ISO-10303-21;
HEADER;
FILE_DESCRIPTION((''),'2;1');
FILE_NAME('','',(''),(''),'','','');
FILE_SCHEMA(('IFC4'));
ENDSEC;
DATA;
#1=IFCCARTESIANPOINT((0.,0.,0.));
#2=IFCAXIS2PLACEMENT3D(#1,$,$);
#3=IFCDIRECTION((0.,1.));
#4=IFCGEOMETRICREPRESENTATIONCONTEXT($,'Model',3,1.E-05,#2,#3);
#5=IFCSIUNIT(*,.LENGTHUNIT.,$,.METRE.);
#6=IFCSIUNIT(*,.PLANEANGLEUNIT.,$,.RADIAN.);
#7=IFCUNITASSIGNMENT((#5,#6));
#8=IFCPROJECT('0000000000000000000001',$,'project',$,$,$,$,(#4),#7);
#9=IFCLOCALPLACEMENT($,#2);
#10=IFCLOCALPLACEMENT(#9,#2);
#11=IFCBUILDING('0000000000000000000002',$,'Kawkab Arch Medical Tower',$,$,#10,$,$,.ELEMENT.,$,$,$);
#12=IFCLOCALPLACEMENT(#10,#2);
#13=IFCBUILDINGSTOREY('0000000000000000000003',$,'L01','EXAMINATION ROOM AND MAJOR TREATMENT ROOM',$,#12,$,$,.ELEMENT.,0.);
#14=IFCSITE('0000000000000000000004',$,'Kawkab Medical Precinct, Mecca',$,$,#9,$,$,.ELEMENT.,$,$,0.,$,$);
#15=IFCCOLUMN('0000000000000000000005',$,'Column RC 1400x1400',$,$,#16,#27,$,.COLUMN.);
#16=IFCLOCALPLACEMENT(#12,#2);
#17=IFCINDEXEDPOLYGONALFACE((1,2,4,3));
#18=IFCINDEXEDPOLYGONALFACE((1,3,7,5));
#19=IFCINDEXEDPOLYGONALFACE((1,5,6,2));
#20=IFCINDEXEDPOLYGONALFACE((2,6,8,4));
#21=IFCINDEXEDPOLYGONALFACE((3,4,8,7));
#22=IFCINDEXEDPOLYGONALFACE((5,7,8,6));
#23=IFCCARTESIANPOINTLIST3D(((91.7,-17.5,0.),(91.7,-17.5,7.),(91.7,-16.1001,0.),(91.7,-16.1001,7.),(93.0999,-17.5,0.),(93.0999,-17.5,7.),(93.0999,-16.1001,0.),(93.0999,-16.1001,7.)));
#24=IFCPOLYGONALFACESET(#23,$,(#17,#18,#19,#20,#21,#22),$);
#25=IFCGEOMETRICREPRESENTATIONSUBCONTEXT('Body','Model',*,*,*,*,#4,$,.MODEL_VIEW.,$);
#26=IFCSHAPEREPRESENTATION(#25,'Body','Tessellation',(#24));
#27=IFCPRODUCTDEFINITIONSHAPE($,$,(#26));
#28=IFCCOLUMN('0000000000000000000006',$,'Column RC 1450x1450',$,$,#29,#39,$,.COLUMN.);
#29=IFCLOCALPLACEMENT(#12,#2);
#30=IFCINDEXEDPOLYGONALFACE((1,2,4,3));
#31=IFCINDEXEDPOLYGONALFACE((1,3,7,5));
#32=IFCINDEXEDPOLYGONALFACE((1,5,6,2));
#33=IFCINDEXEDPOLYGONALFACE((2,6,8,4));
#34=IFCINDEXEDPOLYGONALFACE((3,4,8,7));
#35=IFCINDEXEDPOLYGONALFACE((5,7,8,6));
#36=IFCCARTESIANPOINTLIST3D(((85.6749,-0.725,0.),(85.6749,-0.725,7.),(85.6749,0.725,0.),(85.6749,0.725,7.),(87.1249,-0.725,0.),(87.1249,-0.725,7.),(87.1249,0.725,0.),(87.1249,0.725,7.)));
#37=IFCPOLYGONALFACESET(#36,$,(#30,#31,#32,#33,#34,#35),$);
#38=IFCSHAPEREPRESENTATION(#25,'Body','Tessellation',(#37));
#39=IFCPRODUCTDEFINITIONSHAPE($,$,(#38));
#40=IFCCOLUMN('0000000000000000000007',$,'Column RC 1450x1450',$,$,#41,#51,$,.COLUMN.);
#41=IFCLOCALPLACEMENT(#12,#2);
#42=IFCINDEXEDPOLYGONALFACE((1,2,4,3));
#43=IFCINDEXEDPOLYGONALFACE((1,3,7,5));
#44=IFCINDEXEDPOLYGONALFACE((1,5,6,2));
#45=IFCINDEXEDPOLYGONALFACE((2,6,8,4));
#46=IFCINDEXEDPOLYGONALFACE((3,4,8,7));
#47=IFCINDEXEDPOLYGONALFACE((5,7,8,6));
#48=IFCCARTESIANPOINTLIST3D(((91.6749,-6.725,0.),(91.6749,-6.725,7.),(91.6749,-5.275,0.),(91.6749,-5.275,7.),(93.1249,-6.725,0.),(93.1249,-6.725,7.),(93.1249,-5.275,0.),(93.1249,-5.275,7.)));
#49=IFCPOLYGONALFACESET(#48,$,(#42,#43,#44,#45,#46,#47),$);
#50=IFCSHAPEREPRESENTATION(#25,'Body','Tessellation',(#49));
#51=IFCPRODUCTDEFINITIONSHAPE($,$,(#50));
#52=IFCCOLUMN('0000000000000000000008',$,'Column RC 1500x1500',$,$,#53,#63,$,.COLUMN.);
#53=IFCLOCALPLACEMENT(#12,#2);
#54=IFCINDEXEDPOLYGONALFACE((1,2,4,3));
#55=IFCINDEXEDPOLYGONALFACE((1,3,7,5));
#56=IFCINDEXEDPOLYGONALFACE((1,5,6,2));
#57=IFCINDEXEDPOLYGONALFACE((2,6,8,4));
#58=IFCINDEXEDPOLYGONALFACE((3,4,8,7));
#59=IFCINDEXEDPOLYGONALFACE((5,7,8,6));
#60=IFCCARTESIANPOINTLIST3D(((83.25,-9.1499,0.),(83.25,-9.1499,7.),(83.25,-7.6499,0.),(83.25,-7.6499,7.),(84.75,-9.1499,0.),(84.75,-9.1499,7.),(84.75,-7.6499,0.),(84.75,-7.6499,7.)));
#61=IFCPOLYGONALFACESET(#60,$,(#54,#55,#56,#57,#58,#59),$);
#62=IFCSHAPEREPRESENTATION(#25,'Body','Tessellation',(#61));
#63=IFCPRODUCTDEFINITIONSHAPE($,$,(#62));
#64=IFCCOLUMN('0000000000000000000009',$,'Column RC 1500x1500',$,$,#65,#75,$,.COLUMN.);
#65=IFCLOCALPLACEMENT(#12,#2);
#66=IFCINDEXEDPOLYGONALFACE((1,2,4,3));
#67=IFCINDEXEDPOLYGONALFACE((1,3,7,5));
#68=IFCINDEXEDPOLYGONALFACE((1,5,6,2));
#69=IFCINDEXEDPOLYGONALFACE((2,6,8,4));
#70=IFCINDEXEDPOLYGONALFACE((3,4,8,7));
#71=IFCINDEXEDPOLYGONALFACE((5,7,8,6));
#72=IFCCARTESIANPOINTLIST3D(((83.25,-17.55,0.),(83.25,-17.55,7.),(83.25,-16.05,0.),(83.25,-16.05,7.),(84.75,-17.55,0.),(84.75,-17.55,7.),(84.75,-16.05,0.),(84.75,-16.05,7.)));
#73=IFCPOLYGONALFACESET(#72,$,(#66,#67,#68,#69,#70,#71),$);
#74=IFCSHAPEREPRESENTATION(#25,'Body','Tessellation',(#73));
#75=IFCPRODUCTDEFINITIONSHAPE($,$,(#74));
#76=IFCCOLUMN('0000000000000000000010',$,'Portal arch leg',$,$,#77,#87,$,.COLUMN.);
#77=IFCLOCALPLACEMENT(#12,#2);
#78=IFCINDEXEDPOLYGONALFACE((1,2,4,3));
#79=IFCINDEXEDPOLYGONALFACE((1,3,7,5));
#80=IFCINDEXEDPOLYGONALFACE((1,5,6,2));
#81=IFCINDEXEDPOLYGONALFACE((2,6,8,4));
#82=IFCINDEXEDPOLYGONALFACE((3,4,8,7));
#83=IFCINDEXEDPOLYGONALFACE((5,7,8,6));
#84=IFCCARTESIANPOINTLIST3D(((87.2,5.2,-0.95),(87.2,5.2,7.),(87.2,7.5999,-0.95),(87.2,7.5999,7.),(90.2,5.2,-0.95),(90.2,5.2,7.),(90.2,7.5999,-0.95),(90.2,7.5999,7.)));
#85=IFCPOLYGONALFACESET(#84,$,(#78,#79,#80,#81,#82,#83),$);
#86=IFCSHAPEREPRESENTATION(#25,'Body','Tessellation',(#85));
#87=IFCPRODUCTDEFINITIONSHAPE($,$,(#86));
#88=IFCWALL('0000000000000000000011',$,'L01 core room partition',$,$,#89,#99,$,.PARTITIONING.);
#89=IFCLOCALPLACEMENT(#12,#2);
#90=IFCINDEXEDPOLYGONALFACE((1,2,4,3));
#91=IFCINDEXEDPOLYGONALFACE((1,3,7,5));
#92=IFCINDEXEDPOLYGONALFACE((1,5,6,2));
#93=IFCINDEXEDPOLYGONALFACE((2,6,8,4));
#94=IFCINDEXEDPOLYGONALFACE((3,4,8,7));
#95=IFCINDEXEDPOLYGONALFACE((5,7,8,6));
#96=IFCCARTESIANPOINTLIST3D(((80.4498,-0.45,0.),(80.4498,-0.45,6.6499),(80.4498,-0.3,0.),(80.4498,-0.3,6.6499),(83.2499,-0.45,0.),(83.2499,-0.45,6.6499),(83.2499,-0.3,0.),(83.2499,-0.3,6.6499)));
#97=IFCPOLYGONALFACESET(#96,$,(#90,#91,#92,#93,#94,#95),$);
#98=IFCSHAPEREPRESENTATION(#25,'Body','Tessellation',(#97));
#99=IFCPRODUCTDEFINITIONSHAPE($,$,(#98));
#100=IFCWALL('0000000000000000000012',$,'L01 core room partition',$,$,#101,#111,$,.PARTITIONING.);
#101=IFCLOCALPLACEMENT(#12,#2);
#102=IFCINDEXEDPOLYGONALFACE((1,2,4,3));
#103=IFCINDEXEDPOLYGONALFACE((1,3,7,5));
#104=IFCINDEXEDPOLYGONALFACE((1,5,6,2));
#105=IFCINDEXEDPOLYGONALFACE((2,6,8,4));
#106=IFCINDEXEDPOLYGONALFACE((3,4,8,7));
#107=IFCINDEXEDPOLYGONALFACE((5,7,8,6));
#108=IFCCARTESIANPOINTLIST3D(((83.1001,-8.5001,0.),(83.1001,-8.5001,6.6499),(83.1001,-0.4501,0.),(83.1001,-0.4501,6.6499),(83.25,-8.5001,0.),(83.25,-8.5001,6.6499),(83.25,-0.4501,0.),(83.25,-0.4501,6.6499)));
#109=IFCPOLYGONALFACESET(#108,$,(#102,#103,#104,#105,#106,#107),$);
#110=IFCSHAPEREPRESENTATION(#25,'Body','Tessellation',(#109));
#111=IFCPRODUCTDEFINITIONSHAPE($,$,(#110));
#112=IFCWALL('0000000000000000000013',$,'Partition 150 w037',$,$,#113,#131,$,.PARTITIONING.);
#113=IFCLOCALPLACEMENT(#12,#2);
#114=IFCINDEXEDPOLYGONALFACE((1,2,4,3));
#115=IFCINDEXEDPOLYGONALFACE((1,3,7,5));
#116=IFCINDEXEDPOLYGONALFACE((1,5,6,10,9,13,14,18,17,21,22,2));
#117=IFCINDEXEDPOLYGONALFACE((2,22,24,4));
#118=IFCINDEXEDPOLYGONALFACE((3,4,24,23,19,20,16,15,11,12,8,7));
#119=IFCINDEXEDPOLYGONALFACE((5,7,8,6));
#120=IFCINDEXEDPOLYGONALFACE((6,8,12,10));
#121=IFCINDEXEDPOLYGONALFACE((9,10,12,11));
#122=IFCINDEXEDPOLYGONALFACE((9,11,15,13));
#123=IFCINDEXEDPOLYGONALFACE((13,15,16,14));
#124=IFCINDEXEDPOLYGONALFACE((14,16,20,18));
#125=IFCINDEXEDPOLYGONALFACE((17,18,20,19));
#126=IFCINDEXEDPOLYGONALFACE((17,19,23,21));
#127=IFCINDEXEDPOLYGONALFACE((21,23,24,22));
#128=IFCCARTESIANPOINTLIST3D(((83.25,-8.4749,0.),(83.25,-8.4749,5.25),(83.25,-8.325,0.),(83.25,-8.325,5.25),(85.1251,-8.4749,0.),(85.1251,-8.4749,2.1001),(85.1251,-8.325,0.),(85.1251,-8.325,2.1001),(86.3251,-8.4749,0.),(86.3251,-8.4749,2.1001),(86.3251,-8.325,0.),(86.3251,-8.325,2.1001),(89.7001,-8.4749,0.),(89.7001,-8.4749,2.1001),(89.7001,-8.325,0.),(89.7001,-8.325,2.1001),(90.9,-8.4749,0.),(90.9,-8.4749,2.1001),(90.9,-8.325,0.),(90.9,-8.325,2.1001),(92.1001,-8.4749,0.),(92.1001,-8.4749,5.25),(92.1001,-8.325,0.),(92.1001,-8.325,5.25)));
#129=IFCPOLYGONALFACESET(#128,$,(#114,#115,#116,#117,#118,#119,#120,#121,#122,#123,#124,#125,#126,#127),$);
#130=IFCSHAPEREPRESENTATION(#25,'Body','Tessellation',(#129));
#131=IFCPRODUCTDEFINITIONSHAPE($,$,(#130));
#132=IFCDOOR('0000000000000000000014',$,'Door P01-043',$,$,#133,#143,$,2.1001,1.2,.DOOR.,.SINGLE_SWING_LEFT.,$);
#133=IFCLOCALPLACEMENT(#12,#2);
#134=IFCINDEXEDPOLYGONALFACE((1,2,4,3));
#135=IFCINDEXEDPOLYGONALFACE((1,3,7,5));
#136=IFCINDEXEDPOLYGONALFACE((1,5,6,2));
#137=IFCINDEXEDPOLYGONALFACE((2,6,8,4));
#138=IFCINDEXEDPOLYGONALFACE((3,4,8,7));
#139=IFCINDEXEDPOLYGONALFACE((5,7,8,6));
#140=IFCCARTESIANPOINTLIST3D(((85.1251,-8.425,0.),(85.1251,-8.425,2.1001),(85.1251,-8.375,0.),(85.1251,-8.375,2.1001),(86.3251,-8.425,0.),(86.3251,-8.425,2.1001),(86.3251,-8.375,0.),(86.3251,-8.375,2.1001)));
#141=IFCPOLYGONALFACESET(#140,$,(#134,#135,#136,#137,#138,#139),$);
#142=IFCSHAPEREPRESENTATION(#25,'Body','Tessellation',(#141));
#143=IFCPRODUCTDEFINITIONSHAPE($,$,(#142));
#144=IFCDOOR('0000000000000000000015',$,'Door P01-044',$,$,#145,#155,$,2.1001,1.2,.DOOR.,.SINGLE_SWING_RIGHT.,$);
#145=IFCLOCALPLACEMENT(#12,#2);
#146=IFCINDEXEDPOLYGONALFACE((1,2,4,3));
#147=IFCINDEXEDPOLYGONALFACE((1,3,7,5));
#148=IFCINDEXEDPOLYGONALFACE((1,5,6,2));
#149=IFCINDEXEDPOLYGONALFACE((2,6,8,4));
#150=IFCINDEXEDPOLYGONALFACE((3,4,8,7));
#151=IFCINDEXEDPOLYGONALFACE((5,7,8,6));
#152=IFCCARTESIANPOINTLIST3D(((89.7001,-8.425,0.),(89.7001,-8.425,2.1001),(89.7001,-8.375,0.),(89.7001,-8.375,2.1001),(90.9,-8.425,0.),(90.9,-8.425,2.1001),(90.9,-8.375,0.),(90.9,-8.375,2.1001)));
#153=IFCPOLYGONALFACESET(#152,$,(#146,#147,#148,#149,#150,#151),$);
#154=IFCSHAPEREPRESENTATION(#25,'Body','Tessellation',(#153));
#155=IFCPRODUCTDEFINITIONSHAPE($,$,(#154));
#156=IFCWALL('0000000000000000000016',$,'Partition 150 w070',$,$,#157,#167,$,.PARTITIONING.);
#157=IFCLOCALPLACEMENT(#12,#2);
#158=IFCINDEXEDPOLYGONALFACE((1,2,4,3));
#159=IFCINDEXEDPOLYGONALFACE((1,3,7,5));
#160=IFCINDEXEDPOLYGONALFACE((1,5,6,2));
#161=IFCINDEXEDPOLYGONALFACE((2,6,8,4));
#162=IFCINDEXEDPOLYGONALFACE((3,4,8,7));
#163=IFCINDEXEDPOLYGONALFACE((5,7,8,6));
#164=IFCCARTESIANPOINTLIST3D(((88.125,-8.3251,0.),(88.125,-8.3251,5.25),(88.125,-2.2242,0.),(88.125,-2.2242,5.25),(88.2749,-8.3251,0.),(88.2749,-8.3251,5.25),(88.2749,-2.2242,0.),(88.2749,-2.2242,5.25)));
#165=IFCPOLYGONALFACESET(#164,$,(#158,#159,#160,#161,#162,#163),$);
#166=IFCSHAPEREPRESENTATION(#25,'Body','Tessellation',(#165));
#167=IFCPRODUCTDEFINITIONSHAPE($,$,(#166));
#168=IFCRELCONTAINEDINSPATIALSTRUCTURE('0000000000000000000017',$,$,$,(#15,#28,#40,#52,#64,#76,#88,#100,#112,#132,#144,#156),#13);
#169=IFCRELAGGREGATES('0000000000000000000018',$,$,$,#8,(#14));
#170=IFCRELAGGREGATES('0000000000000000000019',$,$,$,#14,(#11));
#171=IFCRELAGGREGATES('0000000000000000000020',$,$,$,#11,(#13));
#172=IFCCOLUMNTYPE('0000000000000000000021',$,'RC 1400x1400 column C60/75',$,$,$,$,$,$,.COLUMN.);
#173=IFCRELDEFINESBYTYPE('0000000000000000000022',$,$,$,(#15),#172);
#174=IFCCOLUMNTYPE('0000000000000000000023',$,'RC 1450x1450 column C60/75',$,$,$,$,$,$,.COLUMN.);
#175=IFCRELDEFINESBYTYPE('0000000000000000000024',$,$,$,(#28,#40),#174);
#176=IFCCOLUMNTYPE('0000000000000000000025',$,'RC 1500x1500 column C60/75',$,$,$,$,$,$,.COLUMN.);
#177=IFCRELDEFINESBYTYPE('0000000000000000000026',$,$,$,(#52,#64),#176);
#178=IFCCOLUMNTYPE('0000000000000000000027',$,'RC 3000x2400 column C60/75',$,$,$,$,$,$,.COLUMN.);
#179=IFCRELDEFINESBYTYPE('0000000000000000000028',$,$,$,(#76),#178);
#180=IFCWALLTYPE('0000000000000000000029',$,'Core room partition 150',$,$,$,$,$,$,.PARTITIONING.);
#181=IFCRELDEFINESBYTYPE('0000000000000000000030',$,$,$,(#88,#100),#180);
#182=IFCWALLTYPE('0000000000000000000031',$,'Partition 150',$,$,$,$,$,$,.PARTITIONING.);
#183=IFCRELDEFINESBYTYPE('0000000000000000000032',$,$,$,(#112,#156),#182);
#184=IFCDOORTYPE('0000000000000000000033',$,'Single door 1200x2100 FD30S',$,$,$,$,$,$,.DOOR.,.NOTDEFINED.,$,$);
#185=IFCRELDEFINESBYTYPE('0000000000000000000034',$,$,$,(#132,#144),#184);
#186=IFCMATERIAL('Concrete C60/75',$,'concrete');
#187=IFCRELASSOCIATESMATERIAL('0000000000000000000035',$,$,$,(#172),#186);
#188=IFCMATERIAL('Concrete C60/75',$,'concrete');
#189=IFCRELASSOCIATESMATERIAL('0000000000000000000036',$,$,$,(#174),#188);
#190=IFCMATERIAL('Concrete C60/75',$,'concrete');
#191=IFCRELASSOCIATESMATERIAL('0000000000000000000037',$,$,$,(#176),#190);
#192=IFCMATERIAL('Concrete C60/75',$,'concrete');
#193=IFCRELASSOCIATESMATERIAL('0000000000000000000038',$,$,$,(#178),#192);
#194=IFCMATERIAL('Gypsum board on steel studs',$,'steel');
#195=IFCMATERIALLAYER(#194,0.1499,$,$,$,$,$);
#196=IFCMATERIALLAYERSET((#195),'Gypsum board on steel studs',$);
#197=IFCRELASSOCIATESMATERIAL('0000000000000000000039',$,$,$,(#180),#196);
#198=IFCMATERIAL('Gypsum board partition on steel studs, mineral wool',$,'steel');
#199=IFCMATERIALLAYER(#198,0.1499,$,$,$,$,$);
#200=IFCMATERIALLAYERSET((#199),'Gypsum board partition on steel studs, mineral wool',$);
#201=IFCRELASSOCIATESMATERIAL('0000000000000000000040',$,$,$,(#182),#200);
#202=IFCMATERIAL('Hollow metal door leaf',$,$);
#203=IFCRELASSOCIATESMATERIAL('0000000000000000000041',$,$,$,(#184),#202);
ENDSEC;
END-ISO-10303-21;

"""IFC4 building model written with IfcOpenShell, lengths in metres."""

from ifc_helpers import new_model, si_unit, direction, frame, frame_2d, origin, origin_2d, place, context, subcontext, project, spatial, rectangle, extrude, material, layer, layer_set, material_profile, profile_set, type_object, element, fill, save


model = new_model("IFC4")

# Units and contexts
model_context = context("Model", 3, precision=1e-05, world=origin(), true_north=direction((0.0, 1.0)))
body_context = subcontext(model_context, "Body", "Model", "MODEL_VIEW")
ifc_project = project(units=[si_unit("LENGTHUNIT", "METRE"), si_unit("PLANEANGLEUNIT", "RADIAN")], contexts=[model_context])

# Site, building, storey
site_placement = place(None, origin())
site = spatial("IfcSite", under=ifc_project, at=site_placement, Name="Kawkab Medical Precinct, Mecca", CompositionType="ELEMENT", RefElevation=0.0)
building_placement = place(site_placement, origin())
building = spatial("IfcBuilding", under=site, at=building_placement, Name="Kawkab Arch Medical Tower", CompositionType="ELEMENT")
storey_placement = place(building_placement, origin())
storey = spatial("IfcBuildingStorey", under=building, at=storey_placement, Name="L01", Description="EXAMINATION ROOM AND MAJOR TREATMENT ROOM", CompositionType="ELEMENT", Elevation=0.0)

# Columns
ifc_material_1 = material(Name="Concrete C60/75", Category="concrete")
ifc_material_profile_1 = material_profile(ifc_material_1, rectangle(XDim=1.3999, YDim=1.3999, at=origin_2d()), Name="RC 1400x1400")
ifc_profile_set_1 = profile_set([ifc_material_profile_1], Name="Concrete C60/75")
column_type_1 = type_object("IfcColumnType", Name="RC 1400x1400 column C60/75", PredefinedType="COLUMN", material=ifc_profile_set_1)
column_1_placement = place(storey_placement, frame((92.3999, -16.8, 0.0), z_axis=(0.0, 0.0, 1.0), x_axis=(1.0, 0.0, 0.0)))
element("IfcColumn", 1, at=column_1_placement, inside=storey, type_object=column_type_1, Name="Column RC 1400x1400", PredefinedType="COLUMN", context=body_context, shape_type="SweptSolid", body=[
    extrude(rectangle(XDim=1.3999, YDim=1.3999, at=origin_2d()), origin(), (0.0, 0.0, 1.0), 7.0),
])
ifc_material_2 = material(Name="Concrete C60/75", Category="concrete")
ifc_material_profile_2 = material_profile(ifc_material_2, rectangle(XDim=1.45, YDim=1.45, at=origin_2d()), Name="RC 1450x1450")
ifc_profile_set_2 = profile_set([ifc_material_profile_2], Name="Concrete C60/75")
column_type_2 = type_object("IfcColumnType", Name="RC 1450x1450 column C60/75", PredefinedType="COLUMN", material=ifc_profile_set_2)
for number, where, z_axis, x_axis, name in (
    (2, (86.3999, 0.0, 0.0), (0.0, 0.0, 1.0), (1.0, 0.0, 0.0), "Column RC 1450x1450"),
    (3, (92.3999, -6.0, 0.0), (0.0, 0.0, 1.0), (1.0, 0.0, 0.0), "Column RC 1450x1450"),
):
    element("IfcColumn", number, at=place(storey_placement, frame(where, z_axis=z_axis, x_axis=x_axis)), inside=storey, type_object=column_type_2, Name=name, PredefinedType="COLUMN", context=body_context, shape_type="SweptSolid", body=[
        extrude(rectangle(XDim=1.45, YDim=1.45, at=origin_2d()), origin(), (0.0, 0.0, 1.0), 7.0),
    ])
ifc_material_3 = material(Name="Concrete C60/75", Category="concrete")
ifc_material_profile_3 = material_profile(ifc_material_3, rectangle(XDim=1.5, YDim=1.5, at=origin_2d()), Name="RC 1500x1500")
ifc_profile_set_3 = profile_set([ifc_material_profile_3], Name="Concrete C60/75")
column_type_3 = type_object("IfcColumnType", Name="RC 1500x1500 column C60/75", PredefinedType="COLUMN", material=ifc_profile_set_3)
for number, where, z_axis, x_axis, name in (
    (4, (84.0, -8.3999, 0.0), (0.0, 0.0, 1.0), (1.0, 0.0, 0.0), "Column RC 1500x1500"),
    (5, (84.0, -16.8, 0.0), (0.0, 0.0, 1.0), (1.0, 0.0, 0.0), "Column RC 1500x1500"),
):
    element("IfcColumn", number, at=place(storey_placement, frame(where, z_axis=z_axis, x_axis=x_axis)), inside=storey, type_object=column_type_3, Name=name, PredefinedType="COLUMN", context=body_context, shape_type="SweptSolid", body=[
        extrude(rectangle(XDim=1.5, YDim=1.5, at=origin_2d()), origin(), (0.0, 0.0, 1.0), 7.0),
    ])
ifc_material_4 = material(Name="Concrete C60/75", Category="concrete")
ifc_material_profile_4 = material_profile(ifc_material_4, rectangle(XDim=3.0, YDim=2.3999, at=origin_2d()), Name="RC 3000x2400")
ifc_profile_set_4 = profile_set([ifc_material_profile_4], Name="Concrete C60/75")
column_type_4 = type_object("IfcColumnType", Name="RC 3000x2400 column C60/75", PredefinedType="COLUMN", material=ifc_profile_set_4)
column_2_placement = place(storey_placement, frame((88.7, 6.3999, -0.95), z_axis=(0.0, 0.0, 1.0), x_axis=(1.0, 0.0, 0.0)))
element("IfcColumn", 6, at=column_2_placement, inside=storey, type_object=column_type_4, Name="Portal arch leg", PredefinedType="COLUMN", context=body_context, shape_type="SweptSolid", body=[
    extrude(rectangle(XDim=3.0, YDim=2.3999, at=origin_2d()), origin(), (0.0, 0.0, 1.0), 7.95),
])

# Walls
ifc_material_5 = material(Name="Gypsum board on steel studs", Category="steel")
ifc_layer_1 = layer(ifc_material_5, 0.1499)
ifc_layer_set_1 = layer_set([ifc_layer_1], Name="Gypsum board on steel studs")
wall_type_1 = type_object("IfcWallType", Name="Core room partition 150", PredefinedType="PARTITIONING", material=ifc_layer_set_1)
wall_1_placement = place(storey_placement, frame((80.45, -0.375, 0.0), z_axis=(0.0, 0.0, 1.0), x_axis=(1.0, 0.0, 0.0)))
element("IfcWall", 7, at=wall_1_placement, inside=storey, type_object=wall_type_1, Name="L01 core room partition", PredefinedType="PARTITIONING", context=body_context, shape_type="SweptSolid", body=[
    extrude(rectangle(XDim=2.8, YDim=0.1499, at=frame_2d((1.3999, 0.0))), origin(), (0.0, 0.0, 1.0), 6.6499),
])
wall_2_placement = place(storey_placement, frame((83.175, -8.5, 0.0), z_axis=(0.0, 0.0, 1.0), x_axis=(0.0, 1.0, 0.0)))
element("IfcWall", 8, at=wall_2_placement, inside=storey, type_object=wall_type_1, Name="L01 core room partition", PredefinedType="PARTITIONING", context=body_context, shape_type="SweptSolid", body=[
    extrude(rectangle(XDim=8.05, YDim=0.1499, at=frame_2d((4.0249, 0.0))), origin(), (0.0, 0.0, 1.0), 6.6499),
])

# Wall, openings, doors
ifc_material_6 = material(Name="Gypsum board partition on steel studs, mineral wool", Category="steel")
ifc_layer_2 = layer(ifc_material_6, 0.1499)
ifc_layer_set_2 = layer_set([ifc_layer_2], Name="Gypsum board partition on steel studs, mineral wool")
wall_type_2 = type_object("IfcWallType", Name="Partition 150", PredefinedType="PARTITIONING", material=ifc_layer_set_2)
wall_3_placement = place(storey_placement, frame((83.25, -8.3999, 0.0), z_axis=(0.0, 0.0, 1.0), x_axis=(1.0, 0.0, 0.0)))
wall_3 = element("IfcWall", 9, at=wall_3_placement, inside=storey, type_object=wall_type_2, Name="Partition 150 w037", PredefinedType="PARTITIONING", context=body_context, shape_type="SweptSolid", body=[
    extrude(rectangle(XDim=8.8501, YDim=0.1499, at=frame_2d((4.425, 0.0))), origin(), (0.0, 0.0, 1.0), 5.25),
])
opening_1_placement = place(wall_3_placement, frame((1.875, 0.0, 0.0)))
opening_1 = element("IfcOpeningElement", 10, at=opening_1_placement, cuts=wall_3, PredefinedType="OPENING", context=body_context, shape_type="SweptSolid", body=[
    extrude(rectangle(XDim=1.2, YDim=2.1001, at=frame_2d((0.6001, 1.05))), frame((0.0, 0.085, 0.0), z_axis=(0.0, -1.0, 0.0), x_axis=(1.0, 0.0, 0.0)), (0.0, 0.0, 1.0), 0.1699),
])
opening_2_placement = place(wall_3_placement, frame((6.45, 0.0, 0.0)))
opening_2 = element("IfcOpeningElement", 11, at=opening_2_placement, cuts=wall_3, PredefinedType="OPENING", context=body_context, shape_type="SweptSolid", body=[
    extrude(rectangle(XDim=1.2, YDim=2.1001, at=frame_2d((0.6001, 1.05))), frame((0.0, 0.085, 0.0), z_axis=(0.0, -1.0, 0.0), x_axis=(1.0, 0.0, 0.0)), (0.0, 0.0, 1.0), 0.1699),
])
ifc_material_7 = material(Name="Hollow metal door leaf")
door_type_1 = type_object("IfcDoorType", Name="Single door 1200x2100 FD30S", OperationType="NOTDEFINED", PredefinedType="DOOR", material=ifc_material_7)
door_1_placement = place(opening_1_placement, origin())
door_1 = element("IfcDoor", 12, at=door_1_placement, inside=storey, type_object=door_type_1, Name="Door P01-043", OperationType="SINGLE_SWING_LEFT", OverallHeight=2.1001, OverallWidth=1.2, PredefinedType="DOOR", context=body_context, shape_type="SweptSolid", body=[
    extrude(rectangle(XDim=1.2, YDim=2.1001, at=frame_2d((0.6001, 1.05))), frame((0.0, 0.0249, 0.0), z_axis=(0.0, -1.0, 0.0), x_axis=(1.0, 0.0, 0.0)), (0.0, 0.0, 1.0), 0.05),
])
fill(opening_1, door_1)
door_2_placement = place(opening_2_placement, origin())
door_2 = element("IfcDoor", 13, at=door_2_placement, inside=storey, type_object=door_type_1, Name="Door P01-044", OperationType="SINGLE_SWING_RIGHT", OverallHeight=2.1001, OverallWidth=1.2, PredefinedType="DOOR", context=body_context, shape_type="SweptSolid", body=[
    extrude(rectangle(XDim=1.2, YDim=2.1001, at=frame_2d((0.6001, 1.05))), frame((0.0, 0.0249, 0.0), z_axis=(0.0, -1.0, 0.0), x_axis=(1.0, 0.0, 0.0)), (0.0, 0.0, 1.0), 0.05),
])
fill(opening_2, door_2)

# Wall
wall_4_placement = place(storey_placement, frame((88.2, -8.325, 0.0), z_axis=(0.0, 0.0, 1.0), x_axis=(0.0, 1.0, 0.0)))
element("IfcWall", 14, at=wall_4_placement, inside=storey, type_object=wall_type_2, Name="Partition 150 w070", PredefinedType="PARTITIONING", context=body_context, shape_type="SweptSolid", body=[
    extrude(rectangle(XDim=6.1008, YDim=0.1499, at=frame_2d((3.0503, 0.0))), origin(), (0.0, 0.0, 1.0), 5.25),
])

save(model, "model.ifc")
